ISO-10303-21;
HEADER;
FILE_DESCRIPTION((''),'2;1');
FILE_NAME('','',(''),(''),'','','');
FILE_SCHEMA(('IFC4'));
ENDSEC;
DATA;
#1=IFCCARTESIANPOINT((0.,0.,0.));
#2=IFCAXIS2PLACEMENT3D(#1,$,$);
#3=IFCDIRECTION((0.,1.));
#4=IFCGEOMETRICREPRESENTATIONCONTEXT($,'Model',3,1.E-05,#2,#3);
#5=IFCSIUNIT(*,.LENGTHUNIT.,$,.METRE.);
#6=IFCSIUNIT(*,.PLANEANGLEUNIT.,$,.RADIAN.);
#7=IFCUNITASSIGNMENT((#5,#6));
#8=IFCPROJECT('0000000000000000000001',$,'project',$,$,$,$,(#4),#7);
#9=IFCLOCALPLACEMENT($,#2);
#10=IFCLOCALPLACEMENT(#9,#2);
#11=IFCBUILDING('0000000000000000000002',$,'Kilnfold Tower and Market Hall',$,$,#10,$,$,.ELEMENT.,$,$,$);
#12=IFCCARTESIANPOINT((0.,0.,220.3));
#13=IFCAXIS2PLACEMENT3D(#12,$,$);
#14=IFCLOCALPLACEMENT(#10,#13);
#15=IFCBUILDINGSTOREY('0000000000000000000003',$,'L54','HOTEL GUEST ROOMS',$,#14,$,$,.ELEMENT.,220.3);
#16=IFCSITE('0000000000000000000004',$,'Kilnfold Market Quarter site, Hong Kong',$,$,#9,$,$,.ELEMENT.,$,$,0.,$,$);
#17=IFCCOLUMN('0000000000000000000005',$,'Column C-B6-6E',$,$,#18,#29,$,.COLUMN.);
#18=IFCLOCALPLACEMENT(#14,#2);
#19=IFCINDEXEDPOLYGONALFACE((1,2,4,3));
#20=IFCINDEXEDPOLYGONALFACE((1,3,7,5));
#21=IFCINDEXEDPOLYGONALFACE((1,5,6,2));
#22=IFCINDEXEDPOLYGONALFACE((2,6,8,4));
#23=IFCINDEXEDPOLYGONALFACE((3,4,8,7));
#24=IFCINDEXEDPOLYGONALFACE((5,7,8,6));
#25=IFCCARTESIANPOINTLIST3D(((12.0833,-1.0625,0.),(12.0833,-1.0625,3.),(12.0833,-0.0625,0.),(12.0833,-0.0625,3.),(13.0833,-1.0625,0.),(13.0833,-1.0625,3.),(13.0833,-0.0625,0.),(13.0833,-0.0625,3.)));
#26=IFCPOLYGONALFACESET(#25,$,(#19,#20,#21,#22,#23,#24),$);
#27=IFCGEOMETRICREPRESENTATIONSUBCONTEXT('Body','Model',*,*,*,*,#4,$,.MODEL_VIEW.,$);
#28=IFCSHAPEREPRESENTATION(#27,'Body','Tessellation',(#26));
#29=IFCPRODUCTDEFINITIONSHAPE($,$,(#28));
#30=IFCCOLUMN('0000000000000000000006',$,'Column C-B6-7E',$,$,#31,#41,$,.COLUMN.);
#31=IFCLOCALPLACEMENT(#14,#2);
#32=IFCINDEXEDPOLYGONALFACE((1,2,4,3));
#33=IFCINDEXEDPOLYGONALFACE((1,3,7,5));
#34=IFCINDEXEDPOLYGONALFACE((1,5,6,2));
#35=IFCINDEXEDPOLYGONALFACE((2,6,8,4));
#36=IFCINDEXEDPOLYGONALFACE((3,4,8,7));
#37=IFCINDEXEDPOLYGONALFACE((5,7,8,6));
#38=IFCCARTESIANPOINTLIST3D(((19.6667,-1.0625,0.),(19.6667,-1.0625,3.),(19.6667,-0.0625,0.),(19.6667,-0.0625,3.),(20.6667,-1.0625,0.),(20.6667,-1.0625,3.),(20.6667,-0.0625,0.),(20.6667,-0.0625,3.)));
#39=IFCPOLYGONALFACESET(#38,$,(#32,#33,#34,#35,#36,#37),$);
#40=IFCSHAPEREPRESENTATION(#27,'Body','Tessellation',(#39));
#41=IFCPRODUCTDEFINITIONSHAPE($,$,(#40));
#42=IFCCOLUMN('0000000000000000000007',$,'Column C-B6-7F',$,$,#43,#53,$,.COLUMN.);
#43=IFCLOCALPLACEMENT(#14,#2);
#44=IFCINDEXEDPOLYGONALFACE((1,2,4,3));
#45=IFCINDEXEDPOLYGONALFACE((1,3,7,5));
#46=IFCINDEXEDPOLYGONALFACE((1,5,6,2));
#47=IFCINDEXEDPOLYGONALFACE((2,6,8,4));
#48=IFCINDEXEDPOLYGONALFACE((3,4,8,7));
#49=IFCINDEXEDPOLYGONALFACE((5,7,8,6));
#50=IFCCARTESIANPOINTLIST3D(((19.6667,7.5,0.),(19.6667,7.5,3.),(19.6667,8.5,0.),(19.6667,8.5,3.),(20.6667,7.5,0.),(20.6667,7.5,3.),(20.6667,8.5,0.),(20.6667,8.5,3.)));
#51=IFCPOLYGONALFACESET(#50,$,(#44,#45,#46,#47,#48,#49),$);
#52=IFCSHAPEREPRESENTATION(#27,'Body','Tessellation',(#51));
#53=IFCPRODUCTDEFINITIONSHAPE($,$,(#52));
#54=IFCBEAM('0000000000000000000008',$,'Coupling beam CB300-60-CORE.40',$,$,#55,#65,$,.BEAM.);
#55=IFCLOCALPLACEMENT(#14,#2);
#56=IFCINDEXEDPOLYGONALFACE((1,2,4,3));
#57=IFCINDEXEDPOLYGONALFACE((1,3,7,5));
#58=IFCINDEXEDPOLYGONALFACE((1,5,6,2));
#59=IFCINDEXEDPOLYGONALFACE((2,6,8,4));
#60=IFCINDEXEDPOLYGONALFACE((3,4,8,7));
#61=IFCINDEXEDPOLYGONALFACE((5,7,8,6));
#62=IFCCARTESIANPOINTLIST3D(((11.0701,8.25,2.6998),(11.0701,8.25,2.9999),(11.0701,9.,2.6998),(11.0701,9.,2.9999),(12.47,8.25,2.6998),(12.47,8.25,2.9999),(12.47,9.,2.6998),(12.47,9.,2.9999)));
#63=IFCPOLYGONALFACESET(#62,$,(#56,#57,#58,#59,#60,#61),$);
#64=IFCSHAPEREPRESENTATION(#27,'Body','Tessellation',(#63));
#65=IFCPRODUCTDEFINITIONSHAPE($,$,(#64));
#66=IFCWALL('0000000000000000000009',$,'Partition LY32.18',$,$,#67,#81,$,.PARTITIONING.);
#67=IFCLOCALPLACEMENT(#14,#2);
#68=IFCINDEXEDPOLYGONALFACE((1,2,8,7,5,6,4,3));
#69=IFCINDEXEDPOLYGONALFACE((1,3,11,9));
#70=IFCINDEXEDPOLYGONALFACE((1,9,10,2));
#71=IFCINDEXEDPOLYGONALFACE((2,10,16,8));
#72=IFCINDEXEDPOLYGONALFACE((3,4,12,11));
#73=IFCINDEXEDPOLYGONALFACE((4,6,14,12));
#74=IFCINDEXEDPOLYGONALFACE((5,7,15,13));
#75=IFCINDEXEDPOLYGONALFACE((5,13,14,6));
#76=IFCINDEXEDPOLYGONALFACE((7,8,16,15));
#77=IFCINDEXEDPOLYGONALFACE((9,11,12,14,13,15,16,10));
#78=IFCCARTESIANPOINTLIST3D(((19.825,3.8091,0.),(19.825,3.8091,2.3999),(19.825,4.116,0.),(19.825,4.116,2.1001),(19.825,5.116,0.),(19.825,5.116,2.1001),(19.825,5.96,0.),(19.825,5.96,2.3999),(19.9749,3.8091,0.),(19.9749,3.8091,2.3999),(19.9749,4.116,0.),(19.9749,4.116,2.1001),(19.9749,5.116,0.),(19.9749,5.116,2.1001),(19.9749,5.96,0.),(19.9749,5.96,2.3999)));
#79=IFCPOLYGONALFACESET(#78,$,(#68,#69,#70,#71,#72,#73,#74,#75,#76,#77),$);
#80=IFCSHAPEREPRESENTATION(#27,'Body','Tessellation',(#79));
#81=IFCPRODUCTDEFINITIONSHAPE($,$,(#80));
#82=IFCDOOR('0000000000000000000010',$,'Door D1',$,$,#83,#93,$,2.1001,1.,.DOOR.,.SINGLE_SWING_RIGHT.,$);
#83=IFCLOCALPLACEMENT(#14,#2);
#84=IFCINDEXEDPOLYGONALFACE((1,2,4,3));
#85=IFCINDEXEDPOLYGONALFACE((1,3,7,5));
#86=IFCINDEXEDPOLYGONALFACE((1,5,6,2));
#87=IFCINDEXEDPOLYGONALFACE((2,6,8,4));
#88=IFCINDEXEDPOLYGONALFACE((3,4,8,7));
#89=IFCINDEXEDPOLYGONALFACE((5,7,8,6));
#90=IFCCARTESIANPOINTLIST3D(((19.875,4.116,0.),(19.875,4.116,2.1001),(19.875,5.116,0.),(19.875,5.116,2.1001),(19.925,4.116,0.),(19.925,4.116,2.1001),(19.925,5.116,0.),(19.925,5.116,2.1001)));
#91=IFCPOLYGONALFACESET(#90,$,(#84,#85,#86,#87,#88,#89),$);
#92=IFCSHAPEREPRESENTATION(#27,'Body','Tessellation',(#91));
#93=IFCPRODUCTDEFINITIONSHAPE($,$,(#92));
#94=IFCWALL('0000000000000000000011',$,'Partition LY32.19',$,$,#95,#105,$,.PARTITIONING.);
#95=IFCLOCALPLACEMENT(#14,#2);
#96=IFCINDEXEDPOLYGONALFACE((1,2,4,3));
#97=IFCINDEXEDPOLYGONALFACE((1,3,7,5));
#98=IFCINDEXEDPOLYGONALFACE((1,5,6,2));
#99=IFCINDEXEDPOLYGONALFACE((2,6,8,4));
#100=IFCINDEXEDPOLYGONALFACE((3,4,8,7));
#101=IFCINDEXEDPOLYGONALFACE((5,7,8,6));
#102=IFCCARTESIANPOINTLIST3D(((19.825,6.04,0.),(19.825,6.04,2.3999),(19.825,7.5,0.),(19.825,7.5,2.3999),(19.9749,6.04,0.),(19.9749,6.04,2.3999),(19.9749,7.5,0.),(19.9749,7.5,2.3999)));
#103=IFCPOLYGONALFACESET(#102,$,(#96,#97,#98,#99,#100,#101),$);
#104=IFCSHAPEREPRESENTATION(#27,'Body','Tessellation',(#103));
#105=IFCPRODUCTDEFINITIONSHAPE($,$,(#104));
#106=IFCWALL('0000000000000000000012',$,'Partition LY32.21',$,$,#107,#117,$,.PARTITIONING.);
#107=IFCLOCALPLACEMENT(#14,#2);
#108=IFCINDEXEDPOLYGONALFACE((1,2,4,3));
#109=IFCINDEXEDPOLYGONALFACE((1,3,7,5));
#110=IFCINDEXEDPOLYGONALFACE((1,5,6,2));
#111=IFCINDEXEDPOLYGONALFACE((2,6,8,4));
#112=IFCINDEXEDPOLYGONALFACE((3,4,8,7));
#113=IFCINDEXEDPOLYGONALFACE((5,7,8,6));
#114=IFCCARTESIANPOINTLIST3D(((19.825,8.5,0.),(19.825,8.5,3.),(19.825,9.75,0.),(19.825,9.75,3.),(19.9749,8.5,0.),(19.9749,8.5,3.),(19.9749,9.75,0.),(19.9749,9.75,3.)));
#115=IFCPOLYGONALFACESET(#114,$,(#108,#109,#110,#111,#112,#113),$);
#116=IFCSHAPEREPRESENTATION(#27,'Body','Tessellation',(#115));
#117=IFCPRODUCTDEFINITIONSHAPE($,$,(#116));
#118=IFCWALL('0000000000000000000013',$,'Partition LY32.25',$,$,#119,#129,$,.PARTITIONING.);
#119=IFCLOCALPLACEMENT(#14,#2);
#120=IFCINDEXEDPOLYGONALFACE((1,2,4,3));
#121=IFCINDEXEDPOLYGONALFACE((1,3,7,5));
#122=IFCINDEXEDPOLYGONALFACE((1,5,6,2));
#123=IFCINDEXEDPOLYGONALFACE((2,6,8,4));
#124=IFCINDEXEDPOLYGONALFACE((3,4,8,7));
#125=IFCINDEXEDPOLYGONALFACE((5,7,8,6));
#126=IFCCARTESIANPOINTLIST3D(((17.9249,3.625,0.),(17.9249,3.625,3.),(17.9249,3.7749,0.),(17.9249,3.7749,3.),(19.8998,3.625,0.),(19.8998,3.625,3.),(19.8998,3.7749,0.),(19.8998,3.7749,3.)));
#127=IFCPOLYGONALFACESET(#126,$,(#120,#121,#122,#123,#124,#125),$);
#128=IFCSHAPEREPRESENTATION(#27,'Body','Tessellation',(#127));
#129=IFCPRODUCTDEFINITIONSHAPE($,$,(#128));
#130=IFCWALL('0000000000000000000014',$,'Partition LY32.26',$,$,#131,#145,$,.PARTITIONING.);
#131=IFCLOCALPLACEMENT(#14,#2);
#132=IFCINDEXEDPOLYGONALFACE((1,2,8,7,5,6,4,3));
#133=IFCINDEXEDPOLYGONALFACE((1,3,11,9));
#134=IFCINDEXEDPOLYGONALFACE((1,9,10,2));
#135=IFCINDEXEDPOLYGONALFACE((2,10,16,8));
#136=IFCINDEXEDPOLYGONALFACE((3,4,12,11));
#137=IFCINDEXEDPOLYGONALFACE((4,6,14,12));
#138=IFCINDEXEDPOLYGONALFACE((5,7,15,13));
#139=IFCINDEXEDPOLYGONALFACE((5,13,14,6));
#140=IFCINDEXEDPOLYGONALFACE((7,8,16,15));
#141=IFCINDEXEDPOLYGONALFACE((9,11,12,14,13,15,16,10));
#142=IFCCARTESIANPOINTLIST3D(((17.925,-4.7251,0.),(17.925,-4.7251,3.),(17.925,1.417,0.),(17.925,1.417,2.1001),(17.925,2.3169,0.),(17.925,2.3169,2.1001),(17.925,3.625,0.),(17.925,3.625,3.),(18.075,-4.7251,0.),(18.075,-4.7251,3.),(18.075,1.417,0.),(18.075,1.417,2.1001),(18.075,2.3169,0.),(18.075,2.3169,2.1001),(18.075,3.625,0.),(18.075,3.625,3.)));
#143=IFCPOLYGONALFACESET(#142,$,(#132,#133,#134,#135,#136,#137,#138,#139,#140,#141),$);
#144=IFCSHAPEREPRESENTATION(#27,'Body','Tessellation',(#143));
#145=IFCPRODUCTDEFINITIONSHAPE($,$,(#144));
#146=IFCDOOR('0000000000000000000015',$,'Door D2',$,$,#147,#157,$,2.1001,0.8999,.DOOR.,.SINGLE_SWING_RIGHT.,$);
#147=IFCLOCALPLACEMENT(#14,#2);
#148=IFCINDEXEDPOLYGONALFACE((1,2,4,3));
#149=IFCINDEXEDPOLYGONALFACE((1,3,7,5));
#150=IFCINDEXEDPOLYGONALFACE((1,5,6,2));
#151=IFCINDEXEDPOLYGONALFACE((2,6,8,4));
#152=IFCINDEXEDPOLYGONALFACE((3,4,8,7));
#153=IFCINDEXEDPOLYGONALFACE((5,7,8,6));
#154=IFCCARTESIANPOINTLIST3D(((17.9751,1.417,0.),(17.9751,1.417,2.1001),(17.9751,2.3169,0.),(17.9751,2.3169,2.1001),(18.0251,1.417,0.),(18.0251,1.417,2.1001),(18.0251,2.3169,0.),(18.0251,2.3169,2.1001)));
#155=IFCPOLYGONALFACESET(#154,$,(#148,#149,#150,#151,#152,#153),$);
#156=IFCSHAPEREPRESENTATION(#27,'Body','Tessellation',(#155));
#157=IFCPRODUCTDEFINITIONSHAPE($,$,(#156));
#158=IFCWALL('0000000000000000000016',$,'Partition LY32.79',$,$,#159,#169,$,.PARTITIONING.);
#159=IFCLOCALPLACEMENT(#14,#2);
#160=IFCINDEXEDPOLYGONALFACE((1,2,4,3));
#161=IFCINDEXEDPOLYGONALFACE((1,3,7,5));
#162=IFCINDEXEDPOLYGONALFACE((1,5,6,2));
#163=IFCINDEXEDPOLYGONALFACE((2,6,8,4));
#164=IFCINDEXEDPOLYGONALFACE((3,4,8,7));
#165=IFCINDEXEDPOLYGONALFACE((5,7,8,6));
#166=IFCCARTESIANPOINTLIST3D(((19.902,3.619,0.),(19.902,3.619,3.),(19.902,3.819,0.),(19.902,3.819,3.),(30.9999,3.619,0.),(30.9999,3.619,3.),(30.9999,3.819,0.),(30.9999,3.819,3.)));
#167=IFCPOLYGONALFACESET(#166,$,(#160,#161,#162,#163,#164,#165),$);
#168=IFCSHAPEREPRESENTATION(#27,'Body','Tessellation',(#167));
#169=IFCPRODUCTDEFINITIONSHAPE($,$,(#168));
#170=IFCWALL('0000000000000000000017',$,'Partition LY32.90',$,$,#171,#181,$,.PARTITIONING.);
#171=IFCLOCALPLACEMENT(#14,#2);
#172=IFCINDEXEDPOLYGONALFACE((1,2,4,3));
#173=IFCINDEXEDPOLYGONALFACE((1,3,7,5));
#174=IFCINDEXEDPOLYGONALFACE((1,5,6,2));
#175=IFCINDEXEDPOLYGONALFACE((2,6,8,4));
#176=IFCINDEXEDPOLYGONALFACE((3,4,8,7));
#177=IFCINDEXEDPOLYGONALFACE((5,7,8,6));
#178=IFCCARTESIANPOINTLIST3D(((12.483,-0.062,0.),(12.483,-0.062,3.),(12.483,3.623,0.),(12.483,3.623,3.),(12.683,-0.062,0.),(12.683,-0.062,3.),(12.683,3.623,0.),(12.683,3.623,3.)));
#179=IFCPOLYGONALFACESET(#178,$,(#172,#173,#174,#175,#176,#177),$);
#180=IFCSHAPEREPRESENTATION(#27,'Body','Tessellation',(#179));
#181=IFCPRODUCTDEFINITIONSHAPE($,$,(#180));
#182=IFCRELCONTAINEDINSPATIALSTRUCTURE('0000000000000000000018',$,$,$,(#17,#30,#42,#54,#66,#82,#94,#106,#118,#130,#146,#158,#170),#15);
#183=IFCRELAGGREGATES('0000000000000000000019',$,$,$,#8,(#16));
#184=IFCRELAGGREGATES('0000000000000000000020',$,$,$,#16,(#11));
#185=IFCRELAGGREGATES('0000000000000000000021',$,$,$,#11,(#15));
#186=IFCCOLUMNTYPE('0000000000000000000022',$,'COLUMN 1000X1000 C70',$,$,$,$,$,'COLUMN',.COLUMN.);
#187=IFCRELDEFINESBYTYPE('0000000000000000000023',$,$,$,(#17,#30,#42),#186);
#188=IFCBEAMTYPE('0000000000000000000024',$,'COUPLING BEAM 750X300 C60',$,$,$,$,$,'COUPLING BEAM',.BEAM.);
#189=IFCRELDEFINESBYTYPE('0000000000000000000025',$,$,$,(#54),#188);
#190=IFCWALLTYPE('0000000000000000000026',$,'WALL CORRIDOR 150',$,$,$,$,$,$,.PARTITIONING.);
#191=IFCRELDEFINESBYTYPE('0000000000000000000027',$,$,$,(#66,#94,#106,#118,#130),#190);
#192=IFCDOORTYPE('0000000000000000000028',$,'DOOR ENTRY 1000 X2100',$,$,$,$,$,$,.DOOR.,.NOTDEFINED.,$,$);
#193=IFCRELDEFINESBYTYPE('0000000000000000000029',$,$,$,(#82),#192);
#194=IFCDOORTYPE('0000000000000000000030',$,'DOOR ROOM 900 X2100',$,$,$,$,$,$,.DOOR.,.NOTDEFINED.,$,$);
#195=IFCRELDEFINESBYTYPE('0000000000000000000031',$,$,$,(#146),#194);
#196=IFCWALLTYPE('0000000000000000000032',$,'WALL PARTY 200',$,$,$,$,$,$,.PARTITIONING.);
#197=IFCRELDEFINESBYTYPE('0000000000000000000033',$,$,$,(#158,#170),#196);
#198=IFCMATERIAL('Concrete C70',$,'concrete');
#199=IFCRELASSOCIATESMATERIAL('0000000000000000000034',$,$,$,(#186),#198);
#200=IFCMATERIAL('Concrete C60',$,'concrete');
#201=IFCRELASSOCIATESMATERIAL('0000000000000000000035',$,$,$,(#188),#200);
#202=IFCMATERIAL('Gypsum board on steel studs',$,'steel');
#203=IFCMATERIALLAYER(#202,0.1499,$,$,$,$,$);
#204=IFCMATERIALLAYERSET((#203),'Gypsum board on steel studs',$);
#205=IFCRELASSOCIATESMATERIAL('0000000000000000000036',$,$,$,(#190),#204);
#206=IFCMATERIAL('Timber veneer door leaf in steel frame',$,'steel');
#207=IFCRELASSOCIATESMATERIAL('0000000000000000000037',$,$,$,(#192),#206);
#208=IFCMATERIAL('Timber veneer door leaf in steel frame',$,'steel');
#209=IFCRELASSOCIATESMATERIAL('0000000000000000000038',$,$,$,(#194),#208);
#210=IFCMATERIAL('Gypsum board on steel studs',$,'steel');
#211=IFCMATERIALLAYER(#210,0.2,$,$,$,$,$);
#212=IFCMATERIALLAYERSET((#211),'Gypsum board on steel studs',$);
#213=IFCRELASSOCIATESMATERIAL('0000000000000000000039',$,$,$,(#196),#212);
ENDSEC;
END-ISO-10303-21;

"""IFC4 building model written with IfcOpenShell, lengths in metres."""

from ifc_helpers import new_model, si_unit, direction, frame, frame_2d, origin, origin_2d, place, context, subcontext, project, spatial, rectangle, extrude, source, transform, mapped, material, layer, layer_set, material_profile, profile_set, type_object, element, fill, save


model = new_model("IFC4")

# Units and contexts
model_context = context("Model", 3, precision=1e-05, world=origin(), true_north=direction((0.0, 1.0)))
body_context = subcontext(model_context, "Body", "Model", "MODEL_VIEW")
ifc_project = project(units=[si_unit("LENGTHUNIT", "METRE"), si_unit("PLANEANGLEUNIT", "RADIAN")], contexts=[model_context])

# Site, building, storey
site_placement = place(None, origin())
site = spatial("IfcSite", under=ifc_project, at=site_placement, Name="Kilnfold Market Quarter site, Hong Kong", CompositionType="ELEMENT", RefElevation=0.0)
building_placement = place(site_placement, origin())
building = spatial("IfcBuilding", under=site, at=building_placement, Name="Kilnfold Tower and Market Hall", CompositionType="ELEMENT")
storey_placement = place(building_placement, frame((0.0, 0.0, 220.3)))
storey = spatial("IfcBuildingStorey", under=building, at=storey_placement, Name="L54", Description="HOTEL GUEST ROOMS", CompositionType="ELEMENT", Elevation=220.3)

# Columns
ifc_material_1 = material(Name="Concrete C70", Category="concrete")
ifc_material_profile_1 = material_profile(ifc_material_1, rectangle(XDim=1.0, YDim=1.0, at=origin_2d()), Name="RC 1000x1000")
ifc_profile_set_1 = profile_set([ifc_material_profile_1], Name="Concrete C70")
column_type = type_object("IfcColumnType", Name="COLUMN 1000X1000 C70", ElementType="COLUMN", PredefinedType="COLUMN", material=ifc_profile_set_1)
shared_shape_1 = source(origin(), body_context, "Body", "SweptSolid", [
    extrude(rectangle(XDim=1.0, YDim=1.0, at=origin_2d()), origin(), (0.0, 0.0, 1.0), 3.0),
])
for number, where, z_axis, x_axis, name in (
    (1, (12.5833, -0.5625, 0.0), (0.0, 0.0, 1.0), (1.0, 0.0, 0.0), "Column C-B6-6E"),
    (2, (20.1667, -0.5625, 0.0), (0.0, 0.0, 1.0), (1.0, 0.0, 0.0), "Column C-B6-7E"),
    (3, (20.1667, 8.0, 0.0), (0.0, 0.0, 1.0), (1.0, 0.0, 0.0), "Column C-B6-7F"),
):
    element("IfcColumn", number, at=place(storey_placement, frame(where, z_axis=z_axis, x_axis=x_axis)), inside=storey, type_object=column_type, Name=name, PredefinedType="COLUMN", context=body_context, shape_type="MappedRepresentation", body=[
        mapped(shared_shape_1, transform((0.0, 0.0, 0.0))),
    ])

# Beam
ifc_material_2 = material(Name="Concrete C60", Category="concrete")
ifc_material_profile_2 = material_profile(ifc_material_2, rectangle(XDim=0.75, YDim=0.3, at=origin_2d()), Name="RC 750x300")
ifc_profile_set_2 = profile_set([ifc_material_profile_2], Name="Concrete C60")
beam_type = type_object("IfcBeamType", Name="COUPLING BEAM 750X300 C60", ElementType="COUPLING BEAM", PredefinedType="BEAM", material=ifc_profile_set_2)
shared_shape_2 = source(origin(), body_context, "Body", "SweptSolid", [
    extrude(rectangle(XDim=0.75, YDim=0.3, at=origin_2d()), origin(), (0.0, 0.0, 1.0), 1.3999),
])
beam_placement = place(storey_placement, frame((11.0701, 8.625, 2.8499), z_axis=(1.0, 0.0, 0.0), x_axis=(0.0, 1.0, 0.0)))
element("IfcBeam", 4, at=beam_placement, inside=storey, type_object=beam_type, Name="Coupling beam CB300-60-CORE.40", PredefinedType="BEAM", context=body_context, shape_type="MappedRepresentation", body=[
    mapped(shared_shape_2, transform((0.0, 0.0, 0.0))),
])

# Wall, opening, door
ifc_material_3 = material(Name="Gypsum board on steel studs", Category="steel")
ifc_layer_1 = layer(ifc_material_3, 0.1499)
ifc_layer_set_1 = layer_set([ifc_layer_1], Name="Gypsum board on steel studs")
wall_type_1 = type_object("IfcWallType", Name="WALL CORRIDOR 150", PredefinedType="PARTITIONING", material=ifc_layer_set_1)
wall_1_placement = place(storey_placement, frame((19.8999, 3.8091, 0.0), z_axis=(0.0, 0.0, 1.0), x_axis=(0.0, 1.0, 0.0)))
wall_1 = element("IfcWall", 5, at=wall_1_placement, inside=storey, type_object=wall_type_1, Name="Partition LY32.18", PredefinedType="PARTITIONING", context=body_context, shape_type="SweptSolid", body=[
    extrude(rectangle(XDim=2.1509, YDim=0.1499, at=frame_2d((1.0754, 0.0))), origin(), (0.0, 0.0, 1.0), 2.3999),
])
opening_1_placement = place(wall_1_placement, frame((0.3069, 0.0, 0.0)))
opening_1 = element("IfcOpeningElement", 6, at=opening_1_placement, cuts=wall_1, PredefinedType="OPENING", context=body_context, shape_type="SweptSolid", body=[
    extrude(rectangle(XDim=1.0, YDim=2.1001, at=frame_2d((0.5, 1.05))), frame((0.0, 0.085, 0.0), z_axis=(0.0, -1.0, 0.0), x_axis=(1.0, 0.0, 0.0)), (0.0, 0.0, 1.0), 0.1699),
])
ifc_material_4 = material(Name="Timber veneer door leaf in steel frame", Category="steel")
door_type_1 = type_object("IfcDoorType", Name="DOOR ENTRY 1000 X2100", OperationType="NOTDEFINED", PredefinedType="DOOR", material=ifc_material_4)
door_1_placement = place(opening_1_placement, origin())
door_1 = element("IfcDoor", 7, at=door_1_placement, inside=storey, type_object=door_type_1, Name="Door D1", OperationType="SINGLE_SWING_RIGHT", OverallHeight=2.1001, OverallWidth=1.0, PredefinedType="DOOR", context=body_context, shape_type="SweptSolid", body=[
    extrude(rectangle(XDim=1.0, YDim=2.1001, at=frame_2d((0.5, 1.05))), frame((0.0, 0.0249, 0.0), z_axis=(0.0, -1.0, 0.0), x_axis=(1.0, 0.0, 0.0)), (0.0, 0.0, 1.0), 0.05),
])
fill(opening_1, door_1)

# Walls
wall_2_placement = place(storey_placement, frame((19.8999, 6.04, 0.0), z_axis=(0.0, 0.0, 1.0), x_axis=(0.0, 1.0, 0.0)))
element("IfcWall", 8, at=wall_2_placement, inside=storey, type_object=wall_type_1, Name="Partition LY32.19", PredefinedType="PARTITIONING", context=body_context, shape_type="SweptSolid", body=[
    extrude(rectangle(XDim=1.46, YDim=0.1499, at=frame_2d((0.73, 0.0))), origin(), (0.0, 0.0, 1.0), 2.3999),
])
wall_3_placement = place(storey_placement, frame((19.8999, 8.5, 0.0), z_axis=(0.0, 0.0, 1.0), x_axis=(0.0, 1.0, 0.0)))
element("IfcWall", 9, at=wall_3_placement, inside=storey, type_object=wall_type_1, Name="Partition LY32.21", PredefinedType="PARTITIONING", context=body_context, shape_type="SweptSolid", body=[
    extrude(rectangle(XDim=1.25, YDim=0.1499, at=frame_2d((0.625, 0.0))), origin(), (0.0, 0.0, 1.0), 3.0),
])
wall_4_placement = place(storey_placement, frame((17.925, 3.7, 0.0), z_axis=(0.0, 0.0, 1.0), x_axis=(1.0, 0.0, 0.0)))
element("IfcWall", 10, at=wall_4_placement, inside=storey, type_object=wall_type_1, Name="Partition LY32.25", PredefinedType="PARTITIONING", context=body_context, shape_type="SweptSolid", body=[
    extrude(rectangle(XDim=1.9749, YDim=0.1499, at=frame_2d((0.9873, 0.0))), origin(), (0.0, 0.0, 1.0), 3.0),
])

# Wall, opening, door
wall_5_placement = place(storey_placement, frame((18.0, -4.7251, 0.0), z_axis=(0.0, 0.0, 1.0), x_axis=(0.0, 1.0, 0.0)))
wall_5 = element("IfcWall", 11, at=wall_5_placement, inside=storey, type_object=wall_type_1, Name="Partition LY32.26", PredefinedType="PARTITIONING", context=body_context, shape_type="SweptSolid", body=[
    extrude(rectangle(XDim=8.3501, YDim=0.1499, at=frame_2d((4.175, 0.0))), origin(), (0.0, 0.0, 1.0), 3.0),
])
opening_2_placement = place(wall_5_placement, frame((6.1421, 0.0, 0.0)))
opening_2 = element("IfcOpeningElement", 12, at=opening_2_placement, cuts=wall_5, PredefinedType="OPENING", context=body_context, shape_type="SweptSolid", body=[
    extrude(rectangle(XDim=0.8999, YDim=2.1001, at=frame_2d((0.45, 1.05))), frame((0.0, 0.085, 0.0), z_axis=(0.0, -1.0, 0.0), x_axis=(1.0, 0.0, 0.0)), (0.0, 0.0, 1.0), 0.1699),
])
ifc_material_5 = material(Name="Timber veneer door leaf in steel frame", Category="steel")
door_type_2 = type_object("IfcDoorType", Name="DOOR ROOM 900 X2100", OperationType="NOTDEFINED", PredefinedType="DOOR", material=ifc_material_5)
door_2_placement = place(opening_2_placement, origin())
door_2 = element("IfcDoor", 13, at=door_2_placement, inside=storey, type_object=door_type_2, Name="Door D2", OperationType="SINGLE_SWING_RIGHT", OverallHeight=2.1001, OverallWidth=0.8999, PredefinedType="DOOR", context=body_context, shape_type="SweptSolid", body=[
    extrude(rectangle(XDim=0.8999, YDim=2.1001, at=frame_2d((0.45, 1.05))), frame((0.0, 0.0249, 0.0), z_axis=(0.0, -1.0, 0.0), x_axis=(1.0, 0.0, 0.0)), (0.0, 0.0, 1.0), 0.05),
])
fill(opening_2, door_2)

# Walls
ifc_material_6 = material(Name="Gypsum board on steel studs", Category="steel")
ifc_layer_2 = layer(ifc_material_6, 0.2)
ifc_layer_set_2 = layer_set([ifc_layer_2], Name="Gypsum board on steel studs")
wall_type_2 = type_object("IfcWallType", Name="WALL PARTY 200", PredefinedType="PARTITIONING", material=ifc_layer_set_2)
wall_6_placement = place(storey_placement, frame((19.9021, 3.719, 0.0), z_axis=(0.0, 0.0, 1.0), x_axis=(1.0, 0.0, 0.0)))
element("IfcWall", 14, at=wall_6_placement, inside=storey, type_object=wall_type_2, Name="Partition LY32.79", PredefinedType="PARTITIONING", context=body_context, shape_type="SweptSolid", body=[
    extrude(rectangle(XDim=11.0979, YDim=0.2, at=frame_2d((5.5488, 0.0))), origin(), (0.0, 0.0, 1.0), 3.0),
])
wall_7_placement = place(storey_placement, frame((12.583, -0.062, 0.0), z_axis=(0.0, 0.0, 1.0), x_axis=(0.0, 1.0, 0.0)))
element("IfcWall", 15, at=wall_7_placement, inside=storey, type_object=wall_type_2, Name="Partition LY32.90", PredefinedType="PARTITIONING", context=body_context, shape_type="SweptSolid", body=[
    extrude(rectangle(XDim=3.6851, YDim=0.2, at=frame_2d((1.8425, 0.0))), origin(), (0.0, 0.0, 1.0), 3.0),
])

save(model, "model.ifc")
